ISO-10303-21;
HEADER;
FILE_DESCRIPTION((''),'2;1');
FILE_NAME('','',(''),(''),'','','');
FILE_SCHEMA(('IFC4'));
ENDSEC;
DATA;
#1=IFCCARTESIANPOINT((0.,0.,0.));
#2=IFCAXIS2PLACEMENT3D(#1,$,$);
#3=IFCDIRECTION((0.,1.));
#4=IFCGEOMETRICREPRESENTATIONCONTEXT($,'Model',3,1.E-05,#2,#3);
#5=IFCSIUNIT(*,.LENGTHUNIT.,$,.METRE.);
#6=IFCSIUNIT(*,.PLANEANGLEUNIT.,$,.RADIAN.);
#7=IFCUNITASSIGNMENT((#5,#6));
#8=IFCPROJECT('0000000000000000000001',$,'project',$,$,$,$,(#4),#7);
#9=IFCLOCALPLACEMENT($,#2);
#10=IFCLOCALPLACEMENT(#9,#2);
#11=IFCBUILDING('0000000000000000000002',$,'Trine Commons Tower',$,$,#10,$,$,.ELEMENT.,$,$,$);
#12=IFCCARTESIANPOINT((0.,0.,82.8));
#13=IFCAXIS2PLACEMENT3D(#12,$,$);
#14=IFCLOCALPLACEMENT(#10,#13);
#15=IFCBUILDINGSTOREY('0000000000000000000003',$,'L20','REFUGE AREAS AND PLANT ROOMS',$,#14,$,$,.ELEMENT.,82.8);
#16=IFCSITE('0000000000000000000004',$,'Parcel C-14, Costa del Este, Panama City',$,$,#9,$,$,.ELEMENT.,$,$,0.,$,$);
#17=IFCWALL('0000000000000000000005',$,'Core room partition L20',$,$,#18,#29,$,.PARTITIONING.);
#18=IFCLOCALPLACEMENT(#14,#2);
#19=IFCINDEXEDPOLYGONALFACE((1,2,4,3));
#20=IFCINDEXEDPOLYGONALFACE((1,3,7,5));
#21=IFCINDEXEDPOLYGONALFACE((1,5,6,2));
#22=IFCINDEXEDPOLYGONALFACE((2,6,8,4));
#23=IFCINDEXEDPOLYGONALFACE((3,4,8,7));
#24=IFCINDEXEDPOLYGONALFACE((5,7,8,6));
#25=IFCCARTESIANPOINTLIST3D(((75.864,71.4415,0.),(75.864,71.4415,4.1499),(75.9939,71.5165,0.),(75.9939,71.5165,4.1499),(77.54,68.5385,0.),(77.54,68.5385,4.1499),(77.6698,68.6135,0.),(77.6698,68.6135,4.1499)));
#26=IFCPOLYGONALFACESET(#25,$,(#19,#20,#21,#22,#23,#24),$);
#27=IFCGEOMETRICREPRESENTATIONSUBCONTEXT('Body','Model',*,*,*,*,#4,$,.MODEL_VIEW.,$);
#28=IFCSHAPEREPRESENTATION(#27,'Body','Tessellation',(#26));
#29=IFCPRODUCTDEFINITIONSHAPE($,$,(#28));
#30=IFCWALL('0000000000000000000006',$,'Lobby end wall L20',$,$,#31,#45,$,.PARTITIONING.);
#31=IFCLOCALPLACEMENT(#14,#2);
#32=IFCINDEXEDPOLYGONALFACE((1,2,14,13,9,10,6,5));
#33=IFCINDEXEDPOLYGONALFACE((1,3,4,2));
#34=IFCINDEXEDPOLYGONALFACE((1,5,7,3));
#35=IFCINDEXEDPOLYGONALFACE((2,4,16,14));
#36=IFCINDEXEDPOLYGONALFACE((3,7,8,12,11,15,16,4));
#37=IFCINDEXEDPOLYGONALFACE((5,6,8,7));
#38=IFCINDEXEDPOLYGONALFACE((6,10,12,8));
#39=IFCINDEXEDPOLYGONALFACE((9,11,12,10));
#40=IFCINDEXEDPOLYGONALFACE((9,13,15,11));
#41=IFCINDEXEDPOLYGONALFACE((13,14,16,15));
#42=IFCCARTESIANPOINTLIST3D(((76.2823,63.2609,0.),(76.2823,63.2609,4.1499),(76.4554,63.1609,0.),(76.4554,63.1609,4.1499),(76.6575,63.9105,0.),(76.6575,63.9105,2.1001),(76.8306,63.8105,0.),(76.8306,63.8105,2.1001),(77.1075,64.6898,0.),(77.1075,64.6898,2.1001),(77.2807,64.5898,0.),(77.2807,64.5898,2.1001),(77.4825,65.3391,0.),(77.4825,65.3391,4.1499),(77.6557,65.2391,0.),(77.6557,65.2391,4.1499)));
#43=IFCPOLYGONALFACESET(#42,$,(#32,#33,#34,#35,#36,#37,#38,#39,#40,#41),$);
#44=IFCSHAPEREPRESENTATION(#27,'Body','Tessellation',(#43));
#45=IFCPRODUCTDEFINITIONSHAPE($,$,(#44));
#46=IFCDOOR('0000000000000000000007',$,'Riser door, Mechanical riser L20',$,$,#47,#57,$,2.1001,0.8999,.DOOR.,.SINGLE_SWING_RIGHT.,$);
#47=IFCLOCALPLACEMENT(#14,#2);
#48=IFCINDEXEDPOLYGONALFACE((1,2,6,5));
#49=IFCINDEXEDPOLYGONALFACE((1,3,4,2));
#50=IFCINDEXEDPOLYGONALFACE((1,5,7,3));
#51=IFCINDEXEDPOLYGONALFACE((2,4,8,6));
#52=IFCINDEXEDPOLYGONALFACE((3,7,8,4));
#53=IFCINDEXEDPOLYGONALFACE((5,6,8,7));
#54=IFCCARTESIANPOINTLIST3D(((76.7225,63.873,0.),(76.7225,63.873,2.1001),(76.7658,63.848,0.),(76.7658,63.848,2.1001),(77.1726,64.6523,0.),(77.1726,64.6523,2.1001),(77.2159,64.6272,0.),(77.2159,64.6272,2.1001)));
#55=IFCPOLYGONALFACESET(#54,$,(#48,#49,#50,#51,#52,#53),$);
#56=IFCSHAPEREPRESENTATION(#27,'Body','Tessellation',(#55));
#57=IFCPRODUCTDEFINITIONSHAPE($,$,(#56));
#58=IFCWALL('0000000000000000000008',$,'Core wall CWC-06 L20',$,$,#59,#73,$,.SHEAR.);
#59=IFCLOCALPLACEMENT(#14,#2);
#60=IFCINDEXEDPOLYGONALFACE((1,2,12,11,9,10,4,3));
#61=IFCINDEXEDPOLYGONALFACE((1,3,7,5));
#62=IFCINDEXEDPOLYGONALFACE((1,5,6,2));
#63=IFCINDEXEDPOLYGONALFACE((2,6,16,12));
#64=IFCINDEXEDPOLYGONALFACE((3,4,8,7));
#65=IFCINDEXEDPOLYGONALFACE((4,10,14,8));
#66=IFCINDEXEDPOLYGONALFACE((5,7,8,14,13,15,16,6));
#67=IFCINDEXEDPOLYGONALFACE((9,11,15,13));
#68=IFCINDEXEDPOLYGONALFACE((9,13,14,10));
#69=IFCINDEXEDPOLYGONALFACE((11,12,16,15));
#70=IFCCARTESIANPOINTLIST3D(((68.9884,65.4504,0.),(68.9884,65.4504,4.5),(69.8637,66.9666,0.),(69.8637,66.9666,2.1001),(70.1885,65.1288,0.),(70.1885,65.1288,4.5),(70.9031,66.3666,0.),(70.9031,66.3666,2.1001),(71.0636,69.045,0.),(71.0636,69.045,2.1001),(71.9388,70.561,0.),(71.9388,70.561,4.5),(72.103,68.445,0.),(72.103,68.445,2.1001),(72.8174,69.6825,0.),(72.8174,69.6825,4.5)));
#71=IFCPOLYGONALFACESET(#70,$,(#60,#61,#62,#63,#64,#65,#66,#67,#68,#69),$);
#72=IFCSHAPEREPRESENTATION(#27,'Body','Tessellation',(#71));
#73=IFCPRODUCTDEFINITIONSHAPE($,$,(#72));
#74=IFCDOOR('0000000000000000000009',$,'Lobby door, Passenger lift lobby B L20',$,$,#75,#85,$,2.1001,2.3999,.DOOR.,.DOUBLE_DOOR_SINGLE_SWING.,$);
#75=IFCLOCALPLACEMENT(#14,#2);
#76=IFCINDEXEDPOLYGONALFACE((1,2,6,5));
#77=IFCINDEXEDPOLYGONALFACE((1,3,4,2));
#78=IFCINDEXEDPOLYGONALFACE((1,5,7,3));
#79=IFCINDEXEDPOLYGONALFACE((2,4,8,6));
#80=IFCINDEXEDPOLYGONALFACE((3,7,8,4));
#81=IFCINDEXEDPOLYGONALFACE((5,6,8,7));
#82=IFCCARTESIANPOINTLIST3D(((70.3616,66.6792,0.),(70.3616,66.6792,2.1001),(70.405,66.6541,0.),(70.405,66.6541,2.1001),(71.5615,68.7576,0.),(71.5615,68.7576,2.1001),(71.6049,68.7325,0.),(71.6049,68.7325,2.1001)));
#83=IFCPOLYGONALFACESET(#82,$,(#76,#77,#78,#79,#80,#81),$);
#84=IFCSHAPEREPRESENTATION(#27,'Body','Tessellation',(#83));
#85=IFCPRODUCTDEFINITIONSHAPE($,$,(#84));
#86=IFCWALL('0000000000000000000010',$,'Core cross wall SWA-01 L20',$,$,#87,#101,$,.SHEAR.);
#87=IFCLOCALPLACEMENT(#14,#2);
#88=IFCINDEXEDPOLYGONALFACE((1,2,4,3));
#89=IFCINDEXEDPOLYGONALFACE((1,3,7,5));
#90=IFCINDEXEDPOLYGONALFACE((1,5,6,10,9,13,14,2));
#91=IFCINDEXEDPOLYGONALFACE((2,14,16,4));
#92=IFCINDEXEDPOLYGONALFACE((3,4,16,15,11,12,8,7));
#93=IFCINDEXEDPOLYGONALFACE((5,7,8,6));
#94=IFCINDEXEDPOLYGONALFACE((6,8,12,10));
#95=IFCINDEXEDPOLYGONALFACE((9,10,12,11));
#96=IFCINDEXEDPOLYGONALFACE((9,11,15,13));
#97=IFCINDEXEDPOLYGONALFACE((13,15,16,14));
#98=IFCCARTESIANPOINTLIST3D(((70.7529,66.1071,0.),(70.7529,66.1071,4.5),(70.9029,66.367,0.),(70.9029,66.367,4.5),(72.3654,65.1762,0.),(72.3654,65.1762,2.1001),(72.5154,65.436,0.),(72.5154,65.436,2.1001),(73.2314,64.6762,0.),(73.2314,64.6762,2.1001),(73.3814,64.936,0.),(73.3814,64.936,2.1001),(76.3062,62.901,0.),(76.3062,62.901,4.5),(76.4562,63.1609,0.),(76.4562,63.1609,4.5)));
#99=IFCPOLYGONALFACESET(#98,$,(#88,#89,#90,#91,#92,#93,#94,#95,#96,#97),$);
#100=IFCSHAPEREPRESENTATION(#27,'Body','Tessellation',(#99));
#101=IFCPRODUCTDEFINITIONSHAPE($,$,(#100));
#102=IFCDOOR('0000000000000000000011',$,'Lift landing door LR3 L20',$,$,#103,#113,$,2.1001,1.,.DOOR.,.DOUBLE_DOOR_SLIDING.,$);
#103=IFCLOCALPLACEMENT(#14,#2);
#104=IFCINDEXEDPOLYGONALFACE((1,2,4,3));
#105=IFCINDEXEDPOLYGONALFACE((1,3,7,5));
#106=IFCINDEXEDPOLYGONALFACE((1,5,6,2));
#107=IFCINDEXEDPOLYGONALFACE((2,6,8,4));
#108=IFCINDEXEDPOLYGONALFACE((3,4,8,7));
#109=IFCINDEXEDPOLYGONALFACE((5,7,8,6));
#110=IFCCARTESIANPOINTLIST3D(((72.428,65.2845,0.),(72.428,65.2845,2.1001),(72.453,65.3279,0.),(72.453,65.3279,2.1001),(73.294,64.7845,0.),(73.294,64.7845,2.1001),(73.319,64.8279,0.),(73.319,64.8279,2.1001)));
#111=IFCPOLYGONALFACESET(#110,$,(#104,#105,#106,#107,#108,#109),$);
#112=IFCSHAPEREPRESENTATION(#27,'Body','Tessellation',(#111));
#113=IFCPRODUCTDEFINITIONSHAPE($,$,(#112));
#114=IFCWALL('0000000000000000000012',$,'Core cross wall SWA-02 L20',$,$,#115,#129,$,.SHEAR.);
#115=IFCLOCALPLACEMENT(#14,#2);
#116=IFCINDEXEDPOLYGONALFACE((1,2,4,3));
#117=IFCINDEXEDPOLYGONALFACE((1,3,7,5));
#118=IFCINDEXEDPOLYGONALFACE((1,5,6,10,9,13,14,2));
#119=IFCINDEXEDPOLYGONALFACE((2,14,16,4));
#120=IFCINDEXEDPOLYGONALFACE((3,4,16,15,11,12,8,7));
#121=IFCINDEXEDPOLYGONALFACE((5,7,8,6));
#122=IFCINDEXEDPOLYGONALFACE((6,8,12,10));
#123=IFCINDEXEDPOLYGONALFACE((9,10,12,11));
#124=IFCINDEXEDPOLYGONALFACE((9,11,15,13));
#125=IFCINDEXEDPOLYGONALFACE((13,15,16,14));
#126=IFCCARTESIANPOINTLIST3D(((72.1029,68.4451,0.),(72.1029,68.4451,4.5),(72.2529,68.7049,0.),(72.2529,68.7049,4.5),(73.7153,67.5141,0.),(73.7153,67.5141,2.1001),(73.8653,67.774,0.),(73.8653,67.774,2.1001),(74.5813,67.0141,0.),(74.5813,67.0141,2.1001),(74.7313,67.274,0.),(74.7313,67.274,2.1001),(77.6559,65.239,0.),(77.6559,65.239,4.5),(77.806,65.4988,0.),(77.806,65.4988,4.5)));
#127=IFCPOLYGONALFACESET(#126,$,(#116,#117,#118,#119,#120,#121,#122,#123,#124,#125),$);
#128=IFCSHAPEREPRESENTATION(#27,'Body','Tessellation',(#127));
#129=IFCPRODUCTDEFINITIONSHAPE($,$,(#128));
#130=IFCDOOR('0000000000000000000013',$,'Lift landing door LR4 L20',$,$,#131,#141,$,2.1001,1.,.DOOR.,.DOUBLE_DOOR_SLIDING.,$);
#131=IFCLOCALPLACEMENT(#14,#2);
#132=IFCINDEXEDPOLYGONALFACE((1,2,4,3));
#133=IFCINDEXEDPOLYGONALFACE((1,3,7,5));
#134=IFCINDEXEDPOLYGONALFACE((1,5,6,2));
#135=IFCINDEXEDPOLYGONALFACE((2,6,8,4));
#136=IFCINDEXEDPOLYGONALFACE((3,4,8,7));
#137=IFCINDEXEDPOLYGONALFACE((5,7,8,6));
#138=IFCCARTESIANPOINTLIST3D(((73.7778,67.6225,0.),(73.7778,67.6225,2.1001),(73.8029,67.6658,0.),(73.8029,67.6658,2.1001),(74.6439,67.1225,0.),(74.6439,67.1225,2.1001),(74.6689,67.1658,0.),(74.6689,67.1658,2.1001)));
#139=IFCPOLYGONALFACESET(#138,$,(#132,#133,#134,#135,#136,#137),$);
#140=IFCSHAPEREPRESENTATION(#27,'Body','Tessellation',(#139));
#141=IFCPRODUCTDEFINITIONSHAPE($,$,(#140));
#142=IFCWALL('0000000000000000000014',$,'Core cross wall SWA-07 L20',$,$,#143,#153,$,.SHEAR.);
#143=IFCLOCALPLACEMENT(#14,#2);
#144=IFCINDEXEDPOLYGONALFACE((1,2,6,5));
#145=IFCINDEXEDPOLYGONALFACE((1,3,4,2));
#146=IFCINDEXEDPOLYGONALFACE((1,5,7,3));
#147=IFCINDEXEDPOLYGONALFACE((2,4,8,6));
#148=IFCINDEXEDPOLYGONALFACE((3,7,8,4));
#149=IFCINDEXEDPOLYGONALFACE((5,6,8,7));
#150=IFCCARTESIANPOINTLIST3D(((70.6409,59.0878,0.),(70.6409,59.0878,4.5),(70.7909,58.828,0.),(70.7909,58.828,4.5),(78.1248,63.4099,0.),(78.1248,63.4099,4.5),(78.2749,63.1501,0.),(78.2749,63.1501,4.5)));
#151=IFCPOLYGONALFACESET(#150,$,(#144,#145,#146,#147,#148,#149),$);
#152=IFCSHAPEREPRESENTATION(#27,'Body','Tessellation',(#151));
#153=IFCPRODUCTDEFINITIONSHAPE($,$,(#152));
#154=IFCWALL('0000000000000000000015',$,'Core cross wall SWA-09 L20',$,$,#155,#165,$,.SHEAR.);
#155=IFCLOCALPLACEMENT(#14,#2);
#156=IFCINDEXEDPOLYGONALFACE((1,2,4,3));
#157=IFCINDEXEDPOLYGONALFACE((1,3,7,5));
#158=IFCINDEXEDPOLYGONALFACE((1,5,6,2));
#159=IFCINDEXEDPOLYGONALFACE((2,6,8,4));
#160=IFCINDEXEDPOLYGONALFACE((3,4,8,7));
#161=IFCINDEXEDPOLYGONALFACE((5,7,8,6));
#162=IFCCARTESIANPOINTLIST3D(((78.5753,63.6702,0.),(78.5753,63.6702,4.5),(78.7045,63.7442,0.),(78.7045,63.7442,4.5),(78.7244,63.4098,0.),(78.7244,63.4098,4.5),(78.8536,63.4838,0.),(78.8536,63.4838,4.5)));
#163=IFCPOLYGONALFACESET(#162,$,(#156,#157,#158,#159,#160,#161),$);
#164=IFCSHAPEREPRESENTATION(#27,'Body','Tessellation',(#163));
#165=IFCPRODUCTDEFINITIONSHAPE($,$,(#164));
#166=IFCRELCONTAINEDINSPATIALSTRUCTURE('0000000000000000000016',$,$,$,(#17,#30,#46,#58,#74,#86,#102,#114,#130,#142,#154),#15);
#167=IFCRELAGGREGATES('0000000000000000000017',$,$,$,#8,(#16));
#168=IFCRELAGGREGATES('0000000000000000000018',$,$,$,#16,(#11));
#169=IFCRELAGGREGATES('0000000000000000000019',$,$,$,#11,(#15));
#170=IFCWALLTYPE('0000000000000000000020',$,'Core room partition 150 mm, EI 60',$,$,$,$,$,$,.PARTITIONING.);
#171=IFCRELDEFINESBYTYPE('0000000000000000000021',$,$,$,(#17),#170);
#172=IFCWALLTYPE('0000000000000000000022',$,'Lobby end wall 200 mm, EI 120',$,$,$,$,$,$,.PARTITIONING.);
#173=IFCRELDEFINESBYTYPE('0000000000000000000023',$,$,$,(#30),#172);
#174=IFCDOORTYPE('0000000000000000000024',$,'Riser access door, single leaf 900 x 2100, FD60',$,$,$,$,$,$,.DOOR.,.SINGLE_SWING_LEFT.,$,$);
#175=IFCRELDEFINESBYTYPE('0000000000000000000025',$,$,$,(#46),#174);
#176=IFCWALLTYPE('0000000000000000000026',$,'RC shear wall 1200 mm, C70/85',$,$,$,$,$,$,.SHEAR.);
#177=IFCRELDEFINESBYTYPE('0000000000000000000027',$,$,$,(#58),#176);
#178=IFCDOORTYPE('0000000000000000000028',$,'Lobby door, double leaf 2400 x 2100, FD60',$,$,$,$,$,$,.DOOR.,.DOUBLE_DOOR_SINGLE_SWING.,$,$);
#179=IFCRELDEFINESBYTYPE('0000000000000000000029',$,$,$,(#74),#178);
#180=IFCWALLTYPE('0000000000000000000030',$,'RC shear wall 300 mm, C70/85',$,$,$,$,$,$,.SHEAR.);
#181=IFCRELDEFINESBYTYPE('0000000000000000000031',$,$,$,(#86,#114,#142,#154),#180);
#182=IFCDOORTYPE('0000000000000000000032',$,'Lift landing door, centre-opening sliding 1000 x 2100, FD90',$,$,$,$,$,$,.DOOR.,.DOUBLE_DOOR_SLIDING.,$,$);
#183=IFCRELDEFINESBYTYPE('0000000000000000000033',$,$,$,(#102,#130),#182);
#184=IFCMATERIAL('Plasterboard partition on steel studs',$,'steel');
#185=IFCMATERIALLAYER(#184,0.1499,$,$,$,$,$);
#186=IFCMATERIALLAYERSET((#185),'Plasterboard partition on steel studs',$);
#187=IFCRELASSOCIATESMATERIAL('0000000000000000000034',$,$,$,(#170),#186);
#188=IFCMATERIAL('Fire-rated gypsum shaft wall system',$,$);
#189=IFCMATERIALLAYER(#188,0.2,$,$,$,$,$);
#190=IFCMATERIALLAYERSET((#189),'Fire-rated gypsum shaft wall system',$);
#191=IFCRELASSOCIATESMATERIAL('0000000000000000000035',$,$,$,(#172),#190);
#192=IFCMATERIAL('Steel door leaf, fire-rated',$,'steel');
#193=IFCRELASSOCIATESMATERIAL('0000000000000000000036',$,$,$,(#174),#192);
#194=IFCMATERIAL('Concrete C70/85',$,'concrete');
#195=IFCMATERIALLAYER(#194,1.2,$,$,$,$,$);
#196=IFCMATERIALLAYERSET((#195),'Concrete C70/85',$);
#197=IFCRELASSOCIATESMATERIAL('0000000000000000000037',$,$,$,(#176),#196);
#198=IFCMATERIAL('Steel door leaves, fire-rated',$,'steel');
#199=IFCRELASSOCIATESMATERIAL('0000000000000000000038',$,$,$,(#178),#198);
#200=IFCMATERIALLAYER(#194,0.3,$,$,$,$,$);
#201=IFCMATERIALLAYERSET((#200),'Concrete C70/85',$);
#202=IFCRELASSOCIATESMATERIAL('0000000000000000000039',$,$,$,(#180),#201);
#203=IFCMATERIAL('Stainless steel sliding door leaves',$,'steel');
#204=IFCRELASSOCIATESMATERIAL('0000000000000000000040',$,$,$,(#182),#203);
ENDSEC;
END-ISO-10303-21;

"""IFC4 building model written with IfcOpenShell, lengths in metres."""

from ifc_helpers import new_model, si_unit, direction, frame, frame_2d, origin, place, context, subcontext, project, spatial, polyline, rectangle, outline, extrude, material, layer, layer_set, type_object, element, fill, save


model = new_model("IFC4")

# Units and contexts
model_context = context("Model", 3, precision=1e-05, world=origin(), true_north=direction((0.0, 1.0)))
body_context = subcontext(model_context, "Body", "Model", "MODEL_VIEW")
ifc_project = project(units=[si_unit("LENGTHUNIT", "METRE"), si_unit("PLANEANGLEUNIT", "RADIAN")], contexts=[model_context])

# Site, building, storey
site_placement = place(None, origin())
site = spatial("IfcSite", under=ifc_project, at=site_placement, Name="Parcel C-14, Costa del Este, Panama City", CompositionType="ELEMENT", RefElevation=0.0)
building_placement = place(site_placement, origin())
building = spatial("IfcBuilding", under=site, at=building_placement, Name="Trine Commons Tower", CompositionType="ELEMENT")
storey_placement = place(building_placement, frame((0.0, 0.0, 82.8)))
storey = spatial("IfcBuildingStorey", under=building, at=storey_placement, Name="L20", Description="REFUGE AREAS AND PLANT ROOMS", CompositionType="ELEMENT", Elevation=82.8)

# Wall
ifc_material_1 = material(Name="Plasterboard partition on steel studs", Category="steel")
ifc_layer_1 = layer(ifc_material_1, 0.1499)
ifc_layer_set_1 = layer_set([ifc_layer_1], Name="Plasterboard partition on steel studs")
wall_type_1 = type_object("IfcWallType", Name="Core room partition 150 mm, EI 60", PredefinedType="PARTITIONING", material=ifc_layer_set_1)
wall_1_placement = place(storey_placement, frame((75.929, 71.479, 0.0), z_axis=(0.0, 0.0, 1.0), x_axis=(0.499985, -0.866034, 0.0)))
element("IfcWall", 1, at=wall_1_placement, inside=storey, type_object=wall_type_1, Name="Core room partition L20", PredefinedType="PARTITIONING", context=body_context, shape_type="SweptSolid", body=[
    extrude(rectangle(XDim=3.3521, YDim=0.1499, at=frame_2d((1.676, 0.0))), origin(), (0.0, 0.0, 1.0), 4.1499),
])

# Walls, openings, doors
ifc_material_2 = material(Name="Fire-rated gypsum shaft wall system")
ifc_layer_2 = layer(ifc_material_2, 0.2)
ifc_layer_set_2 = layer_set([ifc_layer_2], Name="Fire-rated gypsum shaft wall system")
wall_type_2 = type_object("IfcWallType", Name="Lobby end wall 200 mm, EI 120", PredefinedType="PARTITIONING", material=ifc_layer_set_2)
wall_2_placement = place(storey_placement, frame((77.5691, 65.2891, 0.0), z_axis=(0.0, 0.0, 1.0), x_axis=(-0.500122, -0.865955, 0.0)))
wall_2 = element("IfcWall", 2, at=wall_2_placement, inside=storey, type_object=wall_type_2, Name="Lobby end wall L20", PredefinedType="PARTITIONING", context=body_context, shape_type="SweptSolid", body=[
    extrude(rectangle(XDim=2.3999, YDim=0.2, at=frame_2d((1.2, 0.0))), origin(), (0.0, 0.0, 1.0), 4.1499),
])
opening_1_placement = place(wall_2_placement, frame((0.7498, 0.0, 0.0)))
opening_1 = element("IfcOpeningElement", 3, at=opening_1_placement, cuts=wall_2, PredefinedType="OPENING", context=body_context, shape_type="SweptSolid", body=[
    extrude(rectangle(XDim=0.8999, YDim=2.1001, at=frame_2d((0.45, 1.05))), frame((0.0, 0.1099, 0.0), z_axis=(0.0, -1.0, 0.0), x_axis=(1.0, 0.0, 0.0)), (0.0, 0.0, 1.0), 0.22),
])
ifc_material_3 = material(Name="Steel door leaf, fire-rated", Category="steel")
door_type_1 = type_object("IfcDoorType", Name="Riser access door, single leaf 900 x 2100, FD60", OperationType="SINGLE_SWING_LEFT", PredefinedType="DOOR", material=ifc_material_3)
door_1_placement = place(opening_1_placement, frame((0.8999, 0.0, 0.0), z_axis=(0.0, 0.0, 1.0), x_axis=(-1.0, 0.0, 0.0)))
door_1 = element("IfcDoor", 4, at=door_1_placement, inside=storey, type_object=door_type_1, Name="Riser door, Mechanical riser L20", OperationType="SINGLE_SWING_RIGHT", OverallHeight=2.1001, OverallWidth=0.8999, PredefinedType="DOOR", context=body_context, shape_type="SweptSolid", body=[
    extrude(rectangle(XDim=0.8999, YDim=2.1001, at=frame_2d((0.45, 1.05))), frame((0.0, 0.0249, 0.0), z_axis=(0.0, -1.0, 0.0), x_axis=(1.0, 0.0, 0.0)), (0.0, 0.0, 1.0), 0.05),
])
fill(opening_1, door_1)
ifc_material_4 = material(Name="Concrete C70/85", Category="concrete")
ifc_layer_3 = layer(ifc_material_4, 1.2)
ifc_layer_set_3 = layer_set([ifc_layer_3], Name="Concrete C70/85")
wall_type_3 = type_object("IfcWallType", Name="RC shear wall 1200 mm, C70/85", PredefinedType="SHEAR", material=ifc_layer_set_3)
wall_3_placement = place(storey_placement, frame((72.4585, 70.261, 0.0), z_axis=(0.0, 0.0, 1.0), x_axis=(-0.499979, -0.866037, 0.0)))
wall_3 = element("IfcWall", 5, at=wall_3_placement, inside=storey, type_object=wall_type_3, Name="Core wall CWC-06 L20", PredefinedType="SHEAR", context=body_context, shape_type="SweptSolid", body=[
    extrude(outline(polyline([(0.0, -0.6001), (5.9011, -0.6001), (5.5796, 0.6001), (0.3215, 0.6001), (0.0, -0.6001)])), origin(), (0.0, 0.0, 1.0), 4.5),
])
opening_2_placement = place(wall_3_placement, frame((1.7505, 0.0, 0.0)))
opening_2 = element("IfcOpeningElement", 6, at=opening_2_placement, cuts=wall_3, PredefinedType="OPENING", context=body_context, shape_type="SweptSolid", body=[
    extrude(rectangle(XDim=2.3999, YDim=2.1001, at=frame_2d((1.2, 1.05))), frame((0.0, 0.6099, 0.0), z_axis=(0.0, -1.0, 0.0), x_axis=(1.0, 0.0, 0.0)), (0.0, 0.0, 1.0), 1.22),
])
ifc_material_5 = material(Name="Steel door leaves, fire-rated", Category="steel")
door_type_2 = type_object("IfcDoorType", Name="Lobby door, double leaf 2400 x 2100, FD60", OperationType="DOUBLE_DOOR_SINGLE_SWING", PredefinedType="DOOR", material=ifc_material_5)
door_2_placement = place(opening_2_placement, origin())
door_2 = element("IfcDoor", 7, at=door_2_placement, inside=storey, type_object=door_type_2, Name="Lobby door, Passenger lift lobby B L20", OperationType="DOUBLE_DOOR_SINGLE_SWING", OverallHeight=2.1001, OverallWidth=2.3999, PredefinedType="DOOR", context=body_context, shape_type="SweptSolid", body=[
    extrude(rectangle(XDim=2.3999, YDim=2.1001, at=frame_2d((1.2, 1.05))), frame((0.0, 0.0249, 0.0), z_axis=(0.0, -1.0, 0.0), x_axis=(1.0, 0.0, 0.0)), (0.0, 0.0, 1.0), 0.05),
])
fill(opening_2, door_2)
ifc_layer_4 = layer(ifc_material_4, 0.3)
ifc_layer_set_4 = layer_set([ifc_layer_4], Name="Concrete C70/85")
wall_type_4 = type_object("IfcWallType", Name="RC shear wall 300 mm, C70/85", PredefinedType="SHEAR", material=ifc_layer_set_4)
wall_4_placement = place(storey_placement, frame((76.3811, 63.031, 0.0), z_axis=(0.0, 0.0, 1.0), x_axis=(-0.866032, 0.499988, 0.0)))
wall_4 = element("IfcWall", 8, at=wall_4_placement, inside=storey, type_object=wall_type_4, Name="Core cross wall SWA-01 L20", PredefinedType="SHEAR", context=body_context, shape_type="SweptSolid", body=[
    extrude(rectangle(XDim=6.4124, YDim=0.3, at=frame_2d((3.2061, 0.0))), origin(), (0.0, 0.0, 1.0), 4.5),
])
opening_3_placement = place(wall_4_placement, frame((3.5503, 0.0, 0.0)))
opening_3 = element("IfcOpeningElement", 9, at=opening_3_placement, cuts=wall_4, PredefinedType="OPENING", context=body_context, shape_type="SweptSolid", body=[
    extrude(rectangle(XDim=1.0, YDim=2.1001, at=frame_2d((0.5, 1.05))), frame((0.0, 0.1599, 0.0), z_axis=(0.0, -1.0, 0.0), x_axis=(1.0, 0.0, 0.0)), (0.0, 0.0, 1.0), 0.3201),
])
ifc_material_6 = material(Name="Stainless steel sliding door leaves", Category="steel")
door_type_3 = type_object("IfcDoorType", Name="Lift landing door, centre-opening sliding 1000 x 2100, FD90", OperationType="DOUBLE_DOOR_SLIDING", PredefinedType="DOOR", material=ifc_material_6)
door_3_placement = place(opening_3_placement, origin())
door_3 = element("IfcDoor", 10, at=door_3_placement, inside=storey, type_object=door_type_3, Name="Lift landing door LR3 L20", OperationType="DOUBLE_DOOR_SLIDING", OverallHeight=2.1001, OverallWidth=1.0, PredefinedType="DOOR", context=body_context, shape_type="SweptSolid", body=[
    extrude(rectangle(XDim=1.0, YDim=2.1001, at=frame_2d((0.5, 1.05))), frame((0.0, 0.0249, 0.0), z_axis=(0.0, -1.0, 0.0), x_axis=(1.0, 0.0, 0.0)), (0.0, 0.0, 1.0), 0.05),
])
fill(opening_3, door_3)
wall_5_placement = place(storey_placement, frame((77.731, 65.3689, 0.0), z_axis=(0.0, 0.0, 1.0), x_axis=(-0.866023, 0.500005, 0.0)))
wall_5 = element("IfcWall", 11, at=wall_5_placement, inside=storey, type_object=wall_type_4, Name="Core cross wall SWA-02 L20", PredefinedType="SHEAR", context=body_context, shape_type="SweptSolid", body=[
    extrude(rectangle(XDim=6.4121, YDim=0.3, at=frame_2d((3.2061, 0.0))), origin(), (0.0, 0.0, 1.0), 4.5),
])
opening_4_placement = place(wall_5_placement, frame((3.5503, 0.0, 0.0)))
opening_4 = element("IfcOpeningElement", 12, at=opening_4_placement, cuts=wall_5, PredefinedType="OPENING", context=body_context, shape_type="SweptSolid", body=[
    extrude(rectangle(XDim=1.0, YDim=2.1001, at=frame_2d((0.5, 1.05))), frame((0.0, 0.1599, 0.0), z_axis=(0.0, -1.0, 0.0), x_axis=(1.0, 0.0, 0.0)), (0.0, 0.0, 1.0), 0.3201),
])
door_4_placement = place(opening_4_placement, origin())
door_4 = element("IfcDoor", 13, at=door_4_placement, inside=storey, type_object=door_type_3, Name="Lift landing door LR4 L20", OperationType="DOUBLE_DOOR_SLIDING", OverallHeight=2.1001, OverallWidth=1.0, PredefinedType="DOOR", context=body_context, shape_type="SweptSolid", body=[
    extrude(rectangle(XDim=1.0, YDim=2.1001, at=frame_2d((0.5, 1.05))), frame((0.0, 0.0249, 0.0), z_axis=(0.0, -1.0, 0.0), x_axis=(1.0, 0.0, 0.0)), (0.0, 0.0, 1.0), 0.05),
])
fill(opening_4, door_4)

# Walls
wall_6_placement = place(storey_placement, frame((78.2, 63.28, 0.0), z_axis=(0.0, 0.0, 1.0), x_axis=(-0.865965, -0.500104, 0.0)))
element("IfcWall", 14, at=wall_6_placement, inside=storey, type_object=wall_type_4, Name="Core cross wall SWA-07 L20", PredefinedType="SHEAR", context=body_context, shape_type="SweptSolid", body=[
    extrude(rectangle(XDim=8.6423, YDim=0.3, at=frame_2d((4.3213, 0.0))), origin(), (0.0, 0.0, 1.0), 4.5),
])
for number, where, z_axis, x_axis, name in (
    (15, (78.7791, 63.614, 0.0), (0.0, 0.0, 1.0), (-0.867738, -0.497022, 0.0), "Core cross wall SWA-09 L20"),
):
    element("IfcWall", number, at=place(storey_placement, frame(where, z_axis=z_axis, x_axis=x_axis)), inside=storey, type_object=wall_type_4, Name=name, PredefinedType="SHEAR", context=body_context, shape_type="SweptSolid", body=[
        extrude(rectangle(XDim=0.1489, YDim=0.3, at=frame_2d((0.0745, 0.0))), origin(), (0.0, 0.0, 1.0), 4.5),
    ])

save(model, "model.ifc")
